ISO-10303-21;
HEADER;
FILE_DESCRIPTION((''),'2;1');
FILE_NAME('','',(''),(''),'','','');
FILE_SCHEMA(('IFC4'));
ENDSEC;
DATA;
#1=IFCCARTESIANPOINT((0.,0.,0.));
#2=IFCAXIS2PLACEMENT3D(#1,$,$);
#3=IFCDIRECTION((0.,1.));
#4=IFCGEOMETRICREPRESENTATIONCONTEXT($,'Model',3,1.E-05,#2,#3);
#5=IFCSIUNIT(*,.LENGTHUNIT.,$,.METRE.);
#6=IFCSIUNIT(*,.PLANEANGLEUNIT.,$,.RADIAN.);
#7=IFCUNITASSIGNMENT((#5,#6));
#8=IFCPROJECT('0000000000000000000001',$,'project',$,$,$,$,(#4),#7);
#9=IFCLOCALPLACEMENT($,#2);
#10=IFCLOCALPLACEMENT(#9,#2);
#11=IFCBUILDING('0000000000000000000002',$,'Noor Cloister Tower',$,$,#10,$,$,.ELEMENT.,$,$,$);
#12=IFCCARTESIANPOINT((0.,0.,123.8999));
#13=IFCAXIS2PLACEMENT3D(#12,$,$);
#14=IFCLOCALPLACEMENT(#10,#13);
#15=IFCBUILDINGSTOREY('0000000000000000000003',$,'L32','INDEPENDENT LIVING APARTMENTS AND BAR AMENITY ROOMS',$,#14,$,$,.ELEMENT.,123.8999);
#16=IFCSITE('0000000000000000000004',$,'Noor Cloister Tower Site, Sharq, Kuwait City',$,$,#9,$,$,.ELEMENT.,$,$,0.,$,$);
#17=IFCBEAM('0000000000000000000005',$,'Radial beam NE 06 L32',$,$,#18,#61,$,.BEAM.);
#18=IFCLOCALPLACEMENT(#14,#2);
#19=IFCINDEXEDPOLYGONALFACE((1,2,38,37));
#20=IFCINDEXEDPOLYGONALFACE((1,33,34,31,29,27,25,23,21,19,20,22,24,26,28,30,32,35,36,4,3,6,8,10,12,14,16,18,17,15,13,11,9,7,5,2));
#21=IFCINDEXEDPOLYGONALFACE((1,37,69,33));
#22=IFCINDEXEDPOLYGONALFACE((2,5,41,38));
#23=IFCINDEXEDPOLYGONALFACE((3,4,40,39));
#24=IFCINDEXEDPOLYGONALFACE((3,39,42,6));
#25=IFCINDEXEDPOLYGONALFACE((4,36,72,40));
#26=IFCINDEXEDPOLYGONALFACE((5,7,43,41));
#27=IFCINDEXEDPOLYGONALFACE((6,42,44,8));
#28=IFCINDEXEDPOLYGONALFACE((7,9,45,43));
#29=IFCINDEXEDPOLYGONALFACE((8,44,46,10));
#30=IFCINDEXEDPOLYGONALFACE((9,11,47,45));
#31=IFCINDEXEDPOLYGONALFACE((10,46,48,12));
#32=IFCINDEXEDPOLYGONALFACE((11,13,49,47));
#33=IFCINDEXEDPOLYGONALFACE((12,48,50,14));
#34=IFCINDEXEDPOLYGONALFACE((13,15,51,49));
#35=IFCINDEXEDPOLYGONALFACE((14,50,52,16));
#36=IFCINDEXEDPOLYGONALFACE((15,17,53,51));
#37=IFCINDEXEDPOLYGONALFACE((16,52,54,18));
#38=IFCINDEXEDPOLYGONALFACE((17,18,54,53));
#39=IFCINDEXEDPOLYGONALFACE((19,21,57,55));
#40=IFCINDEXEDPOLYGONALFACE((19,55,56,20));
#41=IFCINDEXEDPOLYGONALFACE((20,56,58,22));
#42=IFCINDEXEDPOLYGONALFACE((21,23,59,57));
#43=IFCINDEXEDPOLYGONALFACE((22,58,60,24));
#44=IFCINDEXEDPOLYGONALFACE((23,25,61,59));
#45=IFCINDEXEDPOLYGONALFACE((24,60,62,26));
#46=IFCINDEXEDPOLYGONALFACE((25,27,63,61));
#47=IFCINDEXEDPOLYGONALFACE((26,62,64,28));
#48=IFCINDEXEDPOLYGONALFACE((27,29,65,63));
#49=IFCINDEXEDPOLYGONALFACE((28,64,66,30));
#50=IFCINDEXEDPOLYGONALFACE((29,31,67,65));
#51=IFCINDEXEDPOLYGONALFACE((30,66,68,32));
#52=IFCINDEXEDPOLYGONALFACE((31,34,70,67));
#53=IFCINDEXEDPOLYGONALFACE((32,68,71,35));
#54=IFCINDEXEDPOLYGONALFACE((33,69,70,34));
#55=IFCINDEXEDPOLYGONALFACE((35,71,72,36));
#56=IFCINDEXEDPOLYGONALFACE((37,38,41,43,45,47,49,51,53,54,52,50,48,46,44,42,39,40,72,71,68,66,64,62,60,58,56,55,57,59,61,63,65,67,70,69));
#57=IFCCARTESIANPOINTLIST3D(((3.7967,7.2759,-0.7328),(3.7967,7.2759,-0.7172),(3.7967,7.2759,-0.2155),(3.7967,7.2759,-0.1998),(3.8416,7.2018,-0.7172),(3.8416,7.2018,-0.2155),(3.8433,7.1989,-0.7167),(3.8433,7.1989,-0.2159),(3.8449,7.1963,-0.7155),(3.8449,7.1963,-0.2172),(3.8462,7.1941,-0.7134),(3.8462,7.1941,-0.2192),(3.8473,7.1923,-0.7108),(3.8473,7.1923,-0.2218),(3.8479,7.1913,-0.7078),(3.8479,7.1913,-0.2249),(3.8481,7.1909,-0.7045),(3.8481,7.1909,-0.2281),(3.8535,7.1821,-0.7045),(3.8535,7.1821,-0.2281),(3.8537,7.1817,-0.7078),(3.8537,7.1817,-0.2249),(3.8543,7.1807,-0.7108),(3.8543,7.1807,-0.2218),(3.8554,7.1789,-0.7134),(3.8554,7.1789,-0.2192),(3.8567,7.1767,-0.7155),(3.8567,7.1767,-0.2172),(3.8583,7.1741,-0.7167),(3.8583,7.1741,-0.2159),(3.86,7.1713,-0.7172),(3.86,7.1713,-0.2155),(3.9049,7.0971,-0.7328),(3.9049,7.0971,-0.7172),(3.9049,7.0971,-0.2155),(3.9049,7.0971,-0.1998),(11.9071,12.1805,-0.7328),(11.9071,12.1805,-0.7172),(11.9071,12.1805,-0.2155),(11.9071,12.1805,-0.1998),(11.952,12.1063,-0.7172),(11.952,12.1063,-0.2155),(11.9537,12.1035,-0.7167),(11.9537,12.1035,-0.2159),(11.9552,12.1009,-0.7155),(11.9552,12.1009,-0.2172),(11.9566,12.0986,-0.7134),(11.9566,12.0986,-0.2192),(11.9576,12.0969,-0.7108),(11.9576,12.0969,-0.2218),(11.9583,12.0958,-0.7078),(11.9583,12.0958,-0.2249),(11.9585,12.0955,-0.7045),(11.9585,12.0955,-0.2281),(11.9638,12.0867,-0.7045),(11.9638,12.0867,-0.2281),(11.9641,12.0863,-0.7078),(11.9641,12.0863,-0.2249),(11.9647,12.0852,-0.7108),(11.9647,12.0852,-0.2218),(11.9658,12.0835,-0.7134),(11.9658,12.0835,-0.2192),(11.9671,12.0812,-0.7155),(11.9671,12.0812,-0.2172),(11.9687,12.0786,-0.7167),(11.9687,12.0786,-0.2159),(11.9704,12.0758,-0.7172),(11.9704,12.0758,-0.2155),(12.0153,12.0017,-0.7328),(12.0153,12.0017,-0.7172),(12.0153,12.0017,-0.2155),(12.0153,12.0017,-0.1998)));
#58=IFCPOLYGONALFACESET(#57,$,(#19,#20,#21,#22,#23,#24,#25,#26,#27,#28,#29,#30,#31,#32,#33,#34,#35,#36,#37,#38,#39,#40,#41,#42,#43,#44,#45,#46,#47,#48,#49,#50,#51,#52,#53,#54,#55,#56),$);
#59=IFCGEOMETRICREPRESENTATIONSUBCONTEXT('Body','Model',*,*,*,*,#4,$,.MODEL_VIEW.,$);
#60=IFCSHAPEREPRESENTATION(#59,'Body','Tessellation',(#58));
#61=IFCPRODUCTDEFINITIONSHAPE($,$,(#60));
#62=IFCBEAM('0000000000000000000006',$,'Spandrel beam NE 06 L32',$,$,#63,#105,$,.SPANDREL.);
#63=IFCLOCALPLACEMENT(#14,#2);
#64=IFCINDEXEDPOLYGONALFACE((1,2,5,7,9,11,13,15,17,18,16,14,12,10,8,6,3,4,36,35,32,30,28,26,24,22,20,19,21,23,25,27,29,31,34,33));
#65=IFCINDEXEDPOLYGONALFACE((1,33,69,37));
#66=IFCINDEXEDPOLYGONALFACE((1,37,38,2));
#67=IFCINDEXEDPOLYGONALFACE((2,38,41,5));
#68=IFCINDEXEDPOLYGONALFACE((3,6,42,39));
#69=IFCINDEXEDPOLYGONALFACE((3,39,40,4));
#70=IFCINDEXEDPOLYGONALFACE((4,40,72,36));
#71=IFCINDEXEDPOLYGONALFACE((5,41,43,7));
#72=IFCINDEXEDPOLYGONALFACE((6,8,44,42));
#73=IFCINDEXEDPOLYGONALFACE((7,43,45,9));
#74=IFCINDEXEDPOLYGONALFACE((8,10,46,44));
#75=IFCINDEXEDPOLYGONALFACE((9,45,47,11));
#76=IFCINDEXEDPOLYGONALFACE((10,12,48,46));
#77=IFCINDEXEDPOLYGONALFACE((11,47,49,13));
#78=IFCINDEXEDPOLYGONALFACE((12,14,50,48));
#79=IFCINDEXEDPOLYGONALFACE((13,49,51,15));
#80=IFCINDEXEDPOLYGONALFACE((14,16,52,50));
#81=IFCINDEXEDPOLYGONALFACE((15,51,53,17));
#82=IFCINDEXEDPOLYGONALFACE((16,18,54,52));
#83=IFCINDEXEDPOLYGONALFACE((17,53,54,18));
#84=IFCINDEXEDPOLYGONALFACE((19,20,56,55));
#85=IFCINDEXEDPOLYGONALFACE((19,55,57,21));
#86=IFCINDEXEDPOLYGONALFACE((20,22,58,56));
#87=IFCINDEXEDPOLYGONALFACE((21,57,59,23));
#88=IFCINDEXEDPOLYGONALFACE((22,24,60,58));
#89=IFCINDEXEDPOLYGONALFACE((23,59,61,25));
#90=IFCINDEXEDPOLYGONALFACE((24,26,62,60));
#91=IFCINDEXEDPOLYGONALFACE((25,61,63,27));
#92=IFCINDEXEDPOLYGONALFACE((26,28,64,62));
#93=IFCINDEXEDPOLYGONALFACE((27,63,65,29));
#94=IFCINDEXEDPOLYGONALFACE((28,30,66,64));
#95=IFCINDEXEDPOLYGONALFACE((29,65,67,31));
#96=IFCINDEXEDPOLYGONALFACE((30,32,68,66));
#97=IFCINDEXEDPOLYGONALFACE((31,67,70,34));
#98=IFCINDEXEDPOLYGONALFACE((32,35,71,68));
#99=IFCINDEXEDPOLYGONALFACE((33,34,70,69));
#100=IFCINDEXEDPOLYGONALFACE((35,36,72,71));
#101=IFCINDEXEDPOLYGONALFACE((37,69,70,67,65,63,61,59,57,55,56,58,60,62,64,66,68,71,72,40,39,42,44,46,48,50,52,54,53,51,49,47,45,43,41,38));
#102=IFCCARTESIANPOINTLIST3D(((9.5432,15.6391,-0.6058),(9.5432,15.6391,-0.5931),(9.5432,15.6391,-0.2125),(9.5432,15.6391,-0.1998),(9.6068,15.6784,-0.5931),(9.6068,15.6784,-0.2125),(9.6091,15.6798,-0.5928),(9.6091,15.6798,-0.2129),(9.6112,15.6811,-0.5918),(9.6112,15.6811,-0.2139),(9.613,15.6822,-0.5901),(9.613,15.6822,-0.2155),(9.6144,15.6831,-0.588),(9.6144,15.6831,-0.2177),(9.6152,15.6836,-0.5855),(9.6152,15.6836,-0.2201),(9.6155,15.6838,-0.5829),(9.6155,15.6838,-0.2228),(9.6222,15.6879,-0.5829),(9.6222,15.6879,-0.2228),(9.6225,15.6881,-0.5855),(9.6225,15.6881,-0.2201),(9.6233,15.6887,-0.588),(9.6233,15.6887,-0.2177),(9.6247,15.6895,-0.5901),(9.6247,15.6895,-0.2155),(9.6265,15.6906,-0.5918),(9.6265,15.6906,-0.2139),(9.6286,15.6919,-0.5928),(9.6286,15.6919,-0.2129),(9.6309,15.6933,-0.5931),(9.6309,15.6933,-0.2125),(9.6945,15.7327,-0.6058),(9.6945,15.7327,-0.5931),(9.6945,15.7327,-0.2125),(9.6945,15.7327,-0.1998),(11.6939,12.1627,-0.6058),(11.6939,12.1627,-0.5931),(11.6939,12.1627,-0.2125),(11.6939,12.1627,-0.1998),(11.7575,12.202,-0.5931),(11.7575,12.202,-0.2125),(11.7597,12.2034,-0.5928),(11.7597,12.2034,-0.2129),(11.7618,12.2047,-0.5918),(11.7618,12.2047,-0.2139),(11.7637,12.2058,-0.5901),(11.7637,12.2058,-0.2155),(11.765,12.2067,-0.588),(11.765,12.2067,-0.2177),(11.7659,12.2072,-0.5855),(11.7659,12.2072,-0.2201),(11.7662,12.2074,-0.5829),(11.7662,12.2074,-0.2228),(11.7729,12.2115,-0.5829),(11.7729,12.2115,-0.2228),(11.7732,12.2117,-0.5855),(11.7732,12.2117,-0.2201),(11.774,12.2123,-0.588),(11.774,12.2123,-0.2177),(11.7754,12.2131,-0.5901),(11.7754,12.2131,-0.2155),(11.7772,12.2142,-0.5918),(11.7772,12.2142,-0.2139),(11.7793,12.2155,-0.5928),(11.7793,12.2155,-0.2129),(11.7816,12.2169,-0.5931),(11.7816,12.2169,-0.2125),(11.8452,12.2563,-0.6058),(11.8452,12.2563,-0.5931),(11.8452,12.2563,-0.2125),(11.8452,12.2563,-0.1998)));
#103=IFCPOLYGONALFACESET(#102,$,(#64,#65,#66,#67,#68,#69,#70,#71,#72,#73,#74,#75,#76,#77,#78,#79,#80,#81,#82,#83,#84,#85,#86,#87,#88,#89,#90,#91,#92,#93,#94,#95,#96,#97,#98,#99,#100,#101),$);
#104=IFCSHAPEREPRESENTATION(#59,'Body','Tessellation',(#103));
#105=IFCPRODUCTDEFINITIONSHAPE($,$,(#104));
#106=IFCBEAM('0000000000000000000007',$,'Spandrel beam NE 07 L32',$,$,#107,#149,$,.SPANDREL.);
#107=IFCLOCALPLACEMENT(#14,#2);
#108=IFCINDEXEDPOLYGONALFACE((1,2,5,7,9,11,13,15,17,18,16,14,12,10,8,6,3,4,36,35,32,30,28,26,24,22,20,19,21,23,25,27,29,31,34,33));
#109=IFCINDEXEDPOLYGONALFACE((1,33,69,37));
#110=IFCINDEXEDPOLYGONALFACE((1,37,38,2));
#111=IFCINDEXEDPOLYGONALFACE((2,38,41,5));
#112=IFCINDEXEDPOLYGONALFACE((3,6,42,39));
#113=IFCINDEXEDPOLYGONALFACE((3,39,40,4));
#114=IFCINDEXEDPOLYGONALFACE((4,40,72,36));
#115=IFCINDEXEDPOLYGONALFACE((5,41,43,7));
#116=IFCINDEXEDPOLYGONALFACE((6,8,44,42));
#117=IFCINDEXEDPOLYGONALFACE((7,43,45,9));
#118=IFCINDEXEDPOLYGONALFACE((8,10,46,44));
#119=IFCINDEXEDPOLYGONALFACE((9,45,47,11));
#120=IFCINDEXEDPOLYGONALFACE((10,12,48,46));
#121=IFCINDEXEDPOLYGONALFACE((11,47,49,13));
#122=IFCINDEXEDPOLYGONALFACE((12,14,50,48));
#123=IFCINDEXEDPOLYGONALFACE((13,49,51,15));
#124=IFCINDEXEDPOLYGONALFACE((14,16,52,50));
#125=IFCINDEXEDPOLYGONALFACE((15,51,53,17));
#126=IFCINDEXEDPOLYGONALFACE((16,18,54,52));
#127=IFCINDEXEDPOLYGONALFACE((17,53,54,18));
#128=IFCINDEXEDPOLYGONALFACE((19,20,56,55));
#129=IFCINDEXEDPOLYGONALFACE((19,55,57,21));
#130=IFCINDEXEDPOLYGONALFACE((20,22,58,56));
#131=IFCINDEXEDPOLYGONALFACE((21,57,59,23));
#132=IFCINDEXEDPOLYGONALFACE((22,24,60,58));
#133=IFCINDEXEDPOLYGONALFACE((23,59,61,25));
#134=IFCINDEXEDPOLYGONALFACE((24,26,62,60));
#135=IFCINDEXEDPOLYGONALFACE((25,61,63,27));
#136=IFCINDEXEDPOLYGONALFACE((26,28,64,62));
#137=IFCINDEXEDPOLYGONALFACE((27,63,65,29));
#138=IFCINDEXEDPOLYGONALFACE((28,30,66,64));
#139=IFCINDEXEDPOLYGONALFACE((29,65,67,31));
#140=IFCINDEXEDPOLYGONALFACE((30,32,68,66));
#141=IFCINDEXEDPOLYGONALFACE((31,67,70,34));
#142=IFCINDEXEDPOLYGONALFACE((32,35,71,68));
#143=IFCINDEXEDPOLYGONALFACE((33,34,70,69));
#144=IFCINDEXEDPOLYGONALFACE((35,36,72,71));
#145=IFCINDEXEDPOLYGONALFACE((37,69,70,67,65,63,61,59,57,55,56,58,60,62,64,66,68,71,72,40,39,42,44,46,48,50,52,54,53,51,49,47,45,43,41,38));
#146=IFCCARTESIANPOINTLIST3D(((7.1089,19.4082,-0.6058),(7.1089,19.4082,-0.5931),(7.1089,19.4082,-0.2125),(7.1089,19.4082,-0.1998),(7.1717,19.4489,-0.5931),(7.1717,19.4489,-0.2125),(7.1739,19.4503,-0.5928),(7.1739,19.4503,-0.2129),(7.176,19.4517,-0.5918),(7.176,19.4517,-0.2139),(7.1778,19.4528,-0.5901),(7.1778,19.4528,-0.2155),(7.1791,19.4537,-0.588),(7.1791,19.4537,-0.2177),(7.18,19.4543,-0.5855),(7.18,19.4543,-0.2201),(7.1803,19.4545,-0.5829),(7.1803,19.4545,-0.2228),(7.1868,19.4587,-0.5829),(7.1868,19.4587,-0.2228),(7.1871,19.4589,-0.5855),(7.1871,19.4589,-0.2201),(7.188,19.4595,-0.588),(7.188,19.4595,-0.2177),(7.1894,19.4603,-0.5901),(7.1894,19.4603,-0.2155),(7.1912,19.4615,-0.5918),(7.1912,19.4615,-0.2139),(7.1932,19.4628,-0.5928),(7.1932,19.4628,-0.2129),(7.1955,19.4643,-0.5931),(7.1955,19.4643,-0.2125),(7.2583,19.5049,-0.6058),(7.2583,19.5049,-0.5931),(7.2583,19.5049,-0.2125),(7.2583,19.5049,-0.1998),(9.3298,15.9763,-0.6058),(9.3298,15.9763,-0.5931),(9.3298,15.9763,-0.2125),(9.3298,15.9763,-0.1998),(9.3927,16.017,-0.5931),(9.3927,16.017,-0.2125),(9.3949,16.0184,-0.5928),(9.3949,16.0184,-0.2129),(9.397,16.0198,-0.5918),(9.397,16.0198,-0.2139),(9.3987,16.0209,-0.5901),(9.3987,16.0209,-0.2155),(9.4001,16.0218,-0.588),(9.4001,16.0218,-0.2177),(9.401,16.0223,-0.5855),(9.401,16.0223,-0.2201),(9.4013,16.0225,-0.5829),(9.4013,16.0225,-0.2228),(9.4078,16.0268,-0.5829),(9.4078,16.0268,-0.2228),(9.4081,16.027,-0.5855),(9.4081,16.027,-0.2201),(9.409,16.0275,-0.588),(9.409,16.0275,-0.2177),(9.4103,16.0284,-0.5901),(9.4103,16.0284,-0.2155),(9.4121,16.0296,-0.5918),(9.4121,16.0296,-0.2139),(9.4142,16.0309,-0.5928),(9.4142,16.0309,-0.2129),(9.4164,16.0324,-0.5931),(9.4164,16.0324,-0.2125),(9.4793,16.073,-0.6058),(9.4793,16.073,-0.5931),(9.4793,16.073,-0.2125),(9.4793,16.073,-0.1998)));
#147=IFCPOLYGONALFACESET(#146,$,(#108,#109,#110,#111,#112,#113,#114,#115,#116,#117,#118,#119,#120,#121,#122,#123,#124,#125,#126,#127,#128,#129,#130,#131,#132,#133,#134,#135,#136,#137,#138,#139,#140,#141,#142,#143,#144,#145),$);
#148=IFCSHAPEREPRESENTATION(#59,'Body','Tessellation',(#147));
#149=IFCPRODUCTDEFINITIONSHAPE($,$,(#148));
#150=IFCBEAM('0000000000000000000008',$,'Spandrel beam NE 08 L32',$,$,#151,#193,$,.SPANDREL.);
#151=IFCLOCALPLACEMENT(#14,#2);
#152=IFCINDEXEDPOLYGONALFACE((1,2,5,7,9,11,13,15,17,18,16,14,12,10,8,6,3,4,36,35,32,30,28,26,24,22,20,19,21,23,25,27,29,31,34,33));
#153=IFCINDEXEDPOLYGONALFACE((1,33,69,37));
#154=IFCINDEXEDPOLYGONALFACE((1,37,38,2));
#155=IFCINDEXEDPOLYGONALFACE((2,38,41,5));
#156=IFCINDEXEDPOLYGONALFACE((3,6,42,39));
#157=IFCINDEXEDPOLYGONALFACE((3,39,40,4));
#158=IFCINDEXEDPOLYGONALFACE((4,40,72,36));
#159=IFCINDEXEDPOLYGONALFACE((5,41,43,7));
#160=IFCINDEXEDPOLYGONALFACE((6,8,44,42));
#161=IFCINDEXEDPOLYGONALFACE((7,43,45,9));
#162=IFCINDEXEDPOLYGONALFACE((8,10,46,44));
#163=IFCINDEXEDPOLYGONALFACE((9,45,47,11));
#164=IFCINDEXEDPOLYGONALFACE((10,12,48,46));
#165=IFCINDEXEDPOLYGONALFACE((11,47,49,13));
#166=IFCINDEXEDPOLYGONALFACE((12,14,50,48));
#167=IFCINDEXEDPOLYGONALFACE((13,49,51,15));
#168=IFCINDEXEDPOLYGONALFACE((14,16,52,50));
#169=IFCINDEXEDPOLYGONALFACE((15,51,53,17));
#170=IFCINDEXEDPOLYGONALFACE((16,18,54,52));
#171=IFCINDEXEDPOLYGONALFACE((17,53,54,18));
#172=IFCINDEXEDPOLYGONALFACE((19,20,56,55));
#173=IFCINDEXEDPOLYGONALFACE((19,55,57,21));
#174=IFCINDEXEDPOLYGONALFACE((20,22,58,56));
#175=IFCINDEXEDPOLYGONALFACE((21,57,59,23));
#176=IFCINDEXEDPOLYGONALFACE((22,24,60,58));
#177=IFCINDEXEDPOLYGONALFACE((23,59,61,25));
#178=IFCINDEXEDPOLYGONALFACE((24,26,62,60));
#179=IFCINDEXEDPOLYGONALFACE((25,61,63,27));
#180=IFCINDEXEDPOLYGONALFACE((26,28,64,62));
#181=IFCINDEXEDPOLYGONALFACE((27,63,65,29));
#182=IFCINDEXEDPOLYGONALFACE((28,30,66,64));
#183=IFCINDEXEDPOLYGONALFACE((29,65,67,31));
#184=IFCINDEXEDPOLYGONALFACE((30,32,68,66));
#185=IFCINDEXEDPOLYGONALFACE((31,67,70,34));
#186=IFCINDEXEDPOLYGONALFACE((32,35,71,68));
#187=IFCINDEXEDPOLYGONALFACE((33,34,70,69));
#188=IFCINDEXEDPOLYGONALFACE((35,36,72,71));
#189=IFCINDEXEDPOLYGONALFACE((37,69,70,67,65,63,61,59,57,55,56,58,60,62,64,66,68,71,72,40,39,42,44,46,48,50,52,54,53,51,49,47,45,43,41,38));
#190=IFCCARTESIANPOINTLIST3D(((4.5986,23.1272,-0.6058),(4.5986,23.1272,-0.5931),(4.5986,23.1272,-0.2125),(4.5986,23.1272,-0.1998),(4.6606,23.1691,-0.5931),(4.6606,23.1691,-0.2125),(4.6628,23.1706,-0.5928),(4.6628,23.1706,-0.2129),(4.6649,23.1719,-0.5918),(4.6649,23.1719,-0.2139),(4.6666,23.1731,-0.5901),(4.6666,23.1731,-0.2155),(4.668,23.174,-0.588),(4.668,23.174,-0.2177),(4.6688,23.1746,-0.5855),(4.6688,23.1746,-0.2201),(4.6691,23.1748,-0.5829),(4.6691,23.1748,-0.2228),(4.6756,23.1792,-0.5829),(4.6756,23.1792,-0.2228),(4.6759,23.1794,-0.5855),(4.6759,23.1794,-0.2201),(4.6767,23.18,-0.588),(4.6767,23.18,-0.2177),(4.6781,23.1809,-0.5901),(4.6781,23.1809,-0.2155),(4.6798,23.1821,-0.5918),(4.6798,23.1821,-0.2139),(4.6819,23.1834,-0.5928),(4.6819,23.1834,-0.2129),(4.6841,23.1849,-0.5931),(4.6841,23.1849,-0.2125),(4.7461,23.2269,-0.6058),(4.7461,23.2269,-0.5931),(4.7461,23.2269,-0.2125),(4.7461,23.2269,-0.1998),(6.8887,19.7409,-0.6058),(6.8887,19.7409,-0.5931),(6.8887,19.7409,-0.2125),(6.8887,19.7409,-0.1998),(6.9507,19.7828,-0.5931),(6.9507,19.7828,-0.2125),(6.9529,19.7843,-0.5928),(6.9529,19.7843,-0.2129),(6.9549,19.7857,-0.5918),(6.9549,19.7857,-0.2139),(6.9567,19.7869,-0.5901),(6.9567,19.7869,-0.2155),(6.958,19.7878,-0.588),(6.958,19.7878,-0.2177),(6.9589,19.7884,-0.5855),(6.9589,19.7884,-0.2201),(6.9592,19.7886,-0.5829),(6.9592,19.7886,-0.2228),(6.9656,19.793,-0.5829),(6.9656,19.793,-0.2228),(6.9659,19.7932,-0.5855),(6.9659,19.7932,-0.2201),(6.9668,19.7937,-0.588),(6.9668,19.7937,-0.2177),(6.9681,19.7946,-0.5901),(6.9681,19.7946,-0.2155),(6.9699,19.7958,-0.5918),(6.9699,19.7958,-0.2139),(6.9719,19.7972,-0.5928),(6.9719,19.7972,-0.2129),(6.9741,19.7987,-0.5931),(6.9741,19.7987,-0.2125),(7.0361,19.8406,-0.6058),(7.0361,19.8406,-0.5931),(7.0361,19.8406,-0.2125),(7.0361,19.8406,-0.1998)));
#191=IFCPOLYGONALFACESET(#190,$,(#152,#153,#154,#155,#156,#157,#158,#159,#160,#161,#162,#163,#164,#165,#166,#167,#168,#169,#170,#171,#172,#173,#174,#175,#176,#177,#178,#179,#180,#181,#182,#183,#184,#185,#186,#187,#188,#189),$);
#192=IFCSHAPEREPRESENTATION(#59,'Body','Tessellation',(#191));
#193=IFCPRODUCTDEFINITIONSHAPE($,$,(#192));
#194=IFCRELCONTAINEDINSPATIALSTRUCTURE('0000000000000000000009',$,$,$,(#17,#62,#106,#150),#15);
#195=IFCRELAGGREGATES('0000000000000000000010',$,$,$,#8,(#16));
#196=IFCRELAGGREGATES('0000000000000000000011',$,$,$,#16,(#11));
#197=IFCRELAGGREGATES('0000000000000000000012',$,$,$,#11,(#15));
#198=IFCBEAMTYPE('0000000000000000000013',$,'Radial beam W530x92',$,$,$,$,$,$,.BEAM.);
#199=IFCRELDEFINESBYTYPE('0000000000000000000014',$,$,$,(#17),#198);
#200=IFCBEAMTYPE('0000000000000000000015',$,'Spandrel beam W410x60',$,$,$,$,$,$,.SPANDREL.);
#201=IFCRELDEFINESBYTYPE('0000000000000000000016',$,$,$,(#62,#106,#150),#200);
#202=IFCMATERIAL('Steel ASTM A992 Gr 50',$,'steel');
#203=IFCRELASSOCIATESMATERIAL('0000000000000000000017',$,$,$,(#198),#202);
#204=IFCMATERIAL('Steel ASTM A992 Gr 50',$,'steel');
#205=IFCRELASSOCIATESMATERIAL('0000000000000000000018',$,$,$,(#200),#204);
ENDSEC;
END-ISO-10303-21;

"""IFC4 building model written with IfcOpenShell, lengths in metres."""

from ifc_helpers import new_model, si_unit, direction, frame, origin, origin_2d, place, context, subcontext, project, spatial, i_section, extrude, material, material_profile, profile_set, type_object, element, save


model = new_model("IFC4")

# Units and contexts
model_context = context("Model", 3, precision=1e-05, world=origin(), true_north=direction((0.0, 1.0)))
body_context = subcontext(model_context, "Body", "Model", "MODEL_VIEW")
ifc_project = project(units=[si_unit("LENGTHUNIT", "METRE"), si_unit("PLANEANGLEUNIT", "RADIAN")], contexts=[model_context])

# Site, building, storey
site_placement = place(None, origin())
site = spatial("IfcSite", under=ifc_project, at=site_placement, Name="Noor Cloister Tower Site, Sharq, Kuwait City", CompositionType="ELEMENT", RefElevation=0.0)
building_placement = place(site_placement, origin())
building = spatial("IfcBuilding", under=site, at=building_placement, Name="Noor Cloister Tower", CompositionType="ELEMENT")
storey_placement = place(building_placement, frame((0.0, 0.0, 123.8999)))
storey = spatial("IfcBuildingStorey", under=building, at=storey_placement, Name="L32", Description="INDEPENDENT LIVING APARTMENTS AND BAR AMENITY ROOMS", CompositionType="ELEMENT", Elevation=123.8999)

# Beams
ifc_material_1 = material(Name="Steel ASTM A992 Gr 50", Category="steel")
ifc_material_profile_1 = material_profile(ifc_material_1, i_section(OverallWidth=0.209, OverallDepth=0.533, WebThickness=0.0103, FlangeThickness=0.0156, FilletRadius=0.0127, at=origin_2d()), Name="W530x92")
ifc_profile_set_1 = profile_set([ifc_material_profile_1], Name="Steel ASTM A992 Gr 50")
beam_type_1 = type_object("IfcBeamType", Name="Radial beam W530x92", PredefinedType="BEAM", material=ifc_profile_set_1)
beam_1_placement = place(storey_placement, frame((11.9612, 12.0911, -0.4663), z_axis=(-0.855704, -0.517466, 0.0), x_axis=(0.517466, -0.855704, 0.0)))
element("IfcBeam", 1, at=beam_1_placement, inside=storey, type_object=beam_type_1, Name="Radial beam NE 06 L32", PredefinedType="BEAM", context=body_context, shape_type="SweptSolid", body=[
    extrude(i_section(OverallWidth=0.209, OverallDepth=0.533, WebThickness=0.0103, FlangeThickness=0.0156, FilletRadius=0.0127, at=origin_2d()), origin(), (0.0, 0.0, 1.0), 9.478),
])
ifc_material_2 = material(Name="Steel ASTM A992 Gr 50", Category="steel")
ifc_material_profile_2 = material_profile(ifc_material_2, i_section(OverallWidth=0.178, OverallDepth=0.406, WebThickness=0.0078, FlangeThickness=0.0127, FilletRadius=0.0103, at=origin_2d()), Name="W410x60")
ifc_profile_set_2 = profile_set([ifc_material_profile_2], Name="Steel ASTM A992 Gr 50")
beam_type_2 = type_object("IfcBeamType", Name="Spandrel beam W410x60", PredefinedType="SPANDREL", material=ifc_profile_set_2)
for number, where, z_axis, x_axis, name in (
    (2, (11.7695, 12.2095, -0.4028), (-0.526112, 0.850415, 0.0), (-0.850415, -0.526112, 0.0), "Spandrel beam NE 06 L32"),
    (3, (9.4045, 16.0247, -0.4028), (-0.543306, 0.839535, 0.0), (-0.839535, -0.543306, 0.0), "Spandrel beam NE 07 L32"),
    (4, (6.9624, 19.7908, -0.4028), (-0.560201, 0.828357, 0.0), (-0.828357, -0.560201, 0.0), "Spandrel beam NE 08 L32"),
):
    element("IfcBeam", number, at=place(storey_placement, frame(where, z_axis=z_axis, x_axis=x_axis)), inside=storey, type_object=beam_type_2, Name=name, PredefinedType="SPANDREL", context=body_context, shape_type="SweptSolid", body=[
        extrude(i_section(OverallWidth=0.178, OverallDepth=0.406, WebThickness=0.0078, FlangeThickness=0.0127, FilletRadius=0.0103, at=origin_2d()), origin(), (0.0, 0.0, 1.0), 4.0879),
    ])

save(model, "model.ifc")
